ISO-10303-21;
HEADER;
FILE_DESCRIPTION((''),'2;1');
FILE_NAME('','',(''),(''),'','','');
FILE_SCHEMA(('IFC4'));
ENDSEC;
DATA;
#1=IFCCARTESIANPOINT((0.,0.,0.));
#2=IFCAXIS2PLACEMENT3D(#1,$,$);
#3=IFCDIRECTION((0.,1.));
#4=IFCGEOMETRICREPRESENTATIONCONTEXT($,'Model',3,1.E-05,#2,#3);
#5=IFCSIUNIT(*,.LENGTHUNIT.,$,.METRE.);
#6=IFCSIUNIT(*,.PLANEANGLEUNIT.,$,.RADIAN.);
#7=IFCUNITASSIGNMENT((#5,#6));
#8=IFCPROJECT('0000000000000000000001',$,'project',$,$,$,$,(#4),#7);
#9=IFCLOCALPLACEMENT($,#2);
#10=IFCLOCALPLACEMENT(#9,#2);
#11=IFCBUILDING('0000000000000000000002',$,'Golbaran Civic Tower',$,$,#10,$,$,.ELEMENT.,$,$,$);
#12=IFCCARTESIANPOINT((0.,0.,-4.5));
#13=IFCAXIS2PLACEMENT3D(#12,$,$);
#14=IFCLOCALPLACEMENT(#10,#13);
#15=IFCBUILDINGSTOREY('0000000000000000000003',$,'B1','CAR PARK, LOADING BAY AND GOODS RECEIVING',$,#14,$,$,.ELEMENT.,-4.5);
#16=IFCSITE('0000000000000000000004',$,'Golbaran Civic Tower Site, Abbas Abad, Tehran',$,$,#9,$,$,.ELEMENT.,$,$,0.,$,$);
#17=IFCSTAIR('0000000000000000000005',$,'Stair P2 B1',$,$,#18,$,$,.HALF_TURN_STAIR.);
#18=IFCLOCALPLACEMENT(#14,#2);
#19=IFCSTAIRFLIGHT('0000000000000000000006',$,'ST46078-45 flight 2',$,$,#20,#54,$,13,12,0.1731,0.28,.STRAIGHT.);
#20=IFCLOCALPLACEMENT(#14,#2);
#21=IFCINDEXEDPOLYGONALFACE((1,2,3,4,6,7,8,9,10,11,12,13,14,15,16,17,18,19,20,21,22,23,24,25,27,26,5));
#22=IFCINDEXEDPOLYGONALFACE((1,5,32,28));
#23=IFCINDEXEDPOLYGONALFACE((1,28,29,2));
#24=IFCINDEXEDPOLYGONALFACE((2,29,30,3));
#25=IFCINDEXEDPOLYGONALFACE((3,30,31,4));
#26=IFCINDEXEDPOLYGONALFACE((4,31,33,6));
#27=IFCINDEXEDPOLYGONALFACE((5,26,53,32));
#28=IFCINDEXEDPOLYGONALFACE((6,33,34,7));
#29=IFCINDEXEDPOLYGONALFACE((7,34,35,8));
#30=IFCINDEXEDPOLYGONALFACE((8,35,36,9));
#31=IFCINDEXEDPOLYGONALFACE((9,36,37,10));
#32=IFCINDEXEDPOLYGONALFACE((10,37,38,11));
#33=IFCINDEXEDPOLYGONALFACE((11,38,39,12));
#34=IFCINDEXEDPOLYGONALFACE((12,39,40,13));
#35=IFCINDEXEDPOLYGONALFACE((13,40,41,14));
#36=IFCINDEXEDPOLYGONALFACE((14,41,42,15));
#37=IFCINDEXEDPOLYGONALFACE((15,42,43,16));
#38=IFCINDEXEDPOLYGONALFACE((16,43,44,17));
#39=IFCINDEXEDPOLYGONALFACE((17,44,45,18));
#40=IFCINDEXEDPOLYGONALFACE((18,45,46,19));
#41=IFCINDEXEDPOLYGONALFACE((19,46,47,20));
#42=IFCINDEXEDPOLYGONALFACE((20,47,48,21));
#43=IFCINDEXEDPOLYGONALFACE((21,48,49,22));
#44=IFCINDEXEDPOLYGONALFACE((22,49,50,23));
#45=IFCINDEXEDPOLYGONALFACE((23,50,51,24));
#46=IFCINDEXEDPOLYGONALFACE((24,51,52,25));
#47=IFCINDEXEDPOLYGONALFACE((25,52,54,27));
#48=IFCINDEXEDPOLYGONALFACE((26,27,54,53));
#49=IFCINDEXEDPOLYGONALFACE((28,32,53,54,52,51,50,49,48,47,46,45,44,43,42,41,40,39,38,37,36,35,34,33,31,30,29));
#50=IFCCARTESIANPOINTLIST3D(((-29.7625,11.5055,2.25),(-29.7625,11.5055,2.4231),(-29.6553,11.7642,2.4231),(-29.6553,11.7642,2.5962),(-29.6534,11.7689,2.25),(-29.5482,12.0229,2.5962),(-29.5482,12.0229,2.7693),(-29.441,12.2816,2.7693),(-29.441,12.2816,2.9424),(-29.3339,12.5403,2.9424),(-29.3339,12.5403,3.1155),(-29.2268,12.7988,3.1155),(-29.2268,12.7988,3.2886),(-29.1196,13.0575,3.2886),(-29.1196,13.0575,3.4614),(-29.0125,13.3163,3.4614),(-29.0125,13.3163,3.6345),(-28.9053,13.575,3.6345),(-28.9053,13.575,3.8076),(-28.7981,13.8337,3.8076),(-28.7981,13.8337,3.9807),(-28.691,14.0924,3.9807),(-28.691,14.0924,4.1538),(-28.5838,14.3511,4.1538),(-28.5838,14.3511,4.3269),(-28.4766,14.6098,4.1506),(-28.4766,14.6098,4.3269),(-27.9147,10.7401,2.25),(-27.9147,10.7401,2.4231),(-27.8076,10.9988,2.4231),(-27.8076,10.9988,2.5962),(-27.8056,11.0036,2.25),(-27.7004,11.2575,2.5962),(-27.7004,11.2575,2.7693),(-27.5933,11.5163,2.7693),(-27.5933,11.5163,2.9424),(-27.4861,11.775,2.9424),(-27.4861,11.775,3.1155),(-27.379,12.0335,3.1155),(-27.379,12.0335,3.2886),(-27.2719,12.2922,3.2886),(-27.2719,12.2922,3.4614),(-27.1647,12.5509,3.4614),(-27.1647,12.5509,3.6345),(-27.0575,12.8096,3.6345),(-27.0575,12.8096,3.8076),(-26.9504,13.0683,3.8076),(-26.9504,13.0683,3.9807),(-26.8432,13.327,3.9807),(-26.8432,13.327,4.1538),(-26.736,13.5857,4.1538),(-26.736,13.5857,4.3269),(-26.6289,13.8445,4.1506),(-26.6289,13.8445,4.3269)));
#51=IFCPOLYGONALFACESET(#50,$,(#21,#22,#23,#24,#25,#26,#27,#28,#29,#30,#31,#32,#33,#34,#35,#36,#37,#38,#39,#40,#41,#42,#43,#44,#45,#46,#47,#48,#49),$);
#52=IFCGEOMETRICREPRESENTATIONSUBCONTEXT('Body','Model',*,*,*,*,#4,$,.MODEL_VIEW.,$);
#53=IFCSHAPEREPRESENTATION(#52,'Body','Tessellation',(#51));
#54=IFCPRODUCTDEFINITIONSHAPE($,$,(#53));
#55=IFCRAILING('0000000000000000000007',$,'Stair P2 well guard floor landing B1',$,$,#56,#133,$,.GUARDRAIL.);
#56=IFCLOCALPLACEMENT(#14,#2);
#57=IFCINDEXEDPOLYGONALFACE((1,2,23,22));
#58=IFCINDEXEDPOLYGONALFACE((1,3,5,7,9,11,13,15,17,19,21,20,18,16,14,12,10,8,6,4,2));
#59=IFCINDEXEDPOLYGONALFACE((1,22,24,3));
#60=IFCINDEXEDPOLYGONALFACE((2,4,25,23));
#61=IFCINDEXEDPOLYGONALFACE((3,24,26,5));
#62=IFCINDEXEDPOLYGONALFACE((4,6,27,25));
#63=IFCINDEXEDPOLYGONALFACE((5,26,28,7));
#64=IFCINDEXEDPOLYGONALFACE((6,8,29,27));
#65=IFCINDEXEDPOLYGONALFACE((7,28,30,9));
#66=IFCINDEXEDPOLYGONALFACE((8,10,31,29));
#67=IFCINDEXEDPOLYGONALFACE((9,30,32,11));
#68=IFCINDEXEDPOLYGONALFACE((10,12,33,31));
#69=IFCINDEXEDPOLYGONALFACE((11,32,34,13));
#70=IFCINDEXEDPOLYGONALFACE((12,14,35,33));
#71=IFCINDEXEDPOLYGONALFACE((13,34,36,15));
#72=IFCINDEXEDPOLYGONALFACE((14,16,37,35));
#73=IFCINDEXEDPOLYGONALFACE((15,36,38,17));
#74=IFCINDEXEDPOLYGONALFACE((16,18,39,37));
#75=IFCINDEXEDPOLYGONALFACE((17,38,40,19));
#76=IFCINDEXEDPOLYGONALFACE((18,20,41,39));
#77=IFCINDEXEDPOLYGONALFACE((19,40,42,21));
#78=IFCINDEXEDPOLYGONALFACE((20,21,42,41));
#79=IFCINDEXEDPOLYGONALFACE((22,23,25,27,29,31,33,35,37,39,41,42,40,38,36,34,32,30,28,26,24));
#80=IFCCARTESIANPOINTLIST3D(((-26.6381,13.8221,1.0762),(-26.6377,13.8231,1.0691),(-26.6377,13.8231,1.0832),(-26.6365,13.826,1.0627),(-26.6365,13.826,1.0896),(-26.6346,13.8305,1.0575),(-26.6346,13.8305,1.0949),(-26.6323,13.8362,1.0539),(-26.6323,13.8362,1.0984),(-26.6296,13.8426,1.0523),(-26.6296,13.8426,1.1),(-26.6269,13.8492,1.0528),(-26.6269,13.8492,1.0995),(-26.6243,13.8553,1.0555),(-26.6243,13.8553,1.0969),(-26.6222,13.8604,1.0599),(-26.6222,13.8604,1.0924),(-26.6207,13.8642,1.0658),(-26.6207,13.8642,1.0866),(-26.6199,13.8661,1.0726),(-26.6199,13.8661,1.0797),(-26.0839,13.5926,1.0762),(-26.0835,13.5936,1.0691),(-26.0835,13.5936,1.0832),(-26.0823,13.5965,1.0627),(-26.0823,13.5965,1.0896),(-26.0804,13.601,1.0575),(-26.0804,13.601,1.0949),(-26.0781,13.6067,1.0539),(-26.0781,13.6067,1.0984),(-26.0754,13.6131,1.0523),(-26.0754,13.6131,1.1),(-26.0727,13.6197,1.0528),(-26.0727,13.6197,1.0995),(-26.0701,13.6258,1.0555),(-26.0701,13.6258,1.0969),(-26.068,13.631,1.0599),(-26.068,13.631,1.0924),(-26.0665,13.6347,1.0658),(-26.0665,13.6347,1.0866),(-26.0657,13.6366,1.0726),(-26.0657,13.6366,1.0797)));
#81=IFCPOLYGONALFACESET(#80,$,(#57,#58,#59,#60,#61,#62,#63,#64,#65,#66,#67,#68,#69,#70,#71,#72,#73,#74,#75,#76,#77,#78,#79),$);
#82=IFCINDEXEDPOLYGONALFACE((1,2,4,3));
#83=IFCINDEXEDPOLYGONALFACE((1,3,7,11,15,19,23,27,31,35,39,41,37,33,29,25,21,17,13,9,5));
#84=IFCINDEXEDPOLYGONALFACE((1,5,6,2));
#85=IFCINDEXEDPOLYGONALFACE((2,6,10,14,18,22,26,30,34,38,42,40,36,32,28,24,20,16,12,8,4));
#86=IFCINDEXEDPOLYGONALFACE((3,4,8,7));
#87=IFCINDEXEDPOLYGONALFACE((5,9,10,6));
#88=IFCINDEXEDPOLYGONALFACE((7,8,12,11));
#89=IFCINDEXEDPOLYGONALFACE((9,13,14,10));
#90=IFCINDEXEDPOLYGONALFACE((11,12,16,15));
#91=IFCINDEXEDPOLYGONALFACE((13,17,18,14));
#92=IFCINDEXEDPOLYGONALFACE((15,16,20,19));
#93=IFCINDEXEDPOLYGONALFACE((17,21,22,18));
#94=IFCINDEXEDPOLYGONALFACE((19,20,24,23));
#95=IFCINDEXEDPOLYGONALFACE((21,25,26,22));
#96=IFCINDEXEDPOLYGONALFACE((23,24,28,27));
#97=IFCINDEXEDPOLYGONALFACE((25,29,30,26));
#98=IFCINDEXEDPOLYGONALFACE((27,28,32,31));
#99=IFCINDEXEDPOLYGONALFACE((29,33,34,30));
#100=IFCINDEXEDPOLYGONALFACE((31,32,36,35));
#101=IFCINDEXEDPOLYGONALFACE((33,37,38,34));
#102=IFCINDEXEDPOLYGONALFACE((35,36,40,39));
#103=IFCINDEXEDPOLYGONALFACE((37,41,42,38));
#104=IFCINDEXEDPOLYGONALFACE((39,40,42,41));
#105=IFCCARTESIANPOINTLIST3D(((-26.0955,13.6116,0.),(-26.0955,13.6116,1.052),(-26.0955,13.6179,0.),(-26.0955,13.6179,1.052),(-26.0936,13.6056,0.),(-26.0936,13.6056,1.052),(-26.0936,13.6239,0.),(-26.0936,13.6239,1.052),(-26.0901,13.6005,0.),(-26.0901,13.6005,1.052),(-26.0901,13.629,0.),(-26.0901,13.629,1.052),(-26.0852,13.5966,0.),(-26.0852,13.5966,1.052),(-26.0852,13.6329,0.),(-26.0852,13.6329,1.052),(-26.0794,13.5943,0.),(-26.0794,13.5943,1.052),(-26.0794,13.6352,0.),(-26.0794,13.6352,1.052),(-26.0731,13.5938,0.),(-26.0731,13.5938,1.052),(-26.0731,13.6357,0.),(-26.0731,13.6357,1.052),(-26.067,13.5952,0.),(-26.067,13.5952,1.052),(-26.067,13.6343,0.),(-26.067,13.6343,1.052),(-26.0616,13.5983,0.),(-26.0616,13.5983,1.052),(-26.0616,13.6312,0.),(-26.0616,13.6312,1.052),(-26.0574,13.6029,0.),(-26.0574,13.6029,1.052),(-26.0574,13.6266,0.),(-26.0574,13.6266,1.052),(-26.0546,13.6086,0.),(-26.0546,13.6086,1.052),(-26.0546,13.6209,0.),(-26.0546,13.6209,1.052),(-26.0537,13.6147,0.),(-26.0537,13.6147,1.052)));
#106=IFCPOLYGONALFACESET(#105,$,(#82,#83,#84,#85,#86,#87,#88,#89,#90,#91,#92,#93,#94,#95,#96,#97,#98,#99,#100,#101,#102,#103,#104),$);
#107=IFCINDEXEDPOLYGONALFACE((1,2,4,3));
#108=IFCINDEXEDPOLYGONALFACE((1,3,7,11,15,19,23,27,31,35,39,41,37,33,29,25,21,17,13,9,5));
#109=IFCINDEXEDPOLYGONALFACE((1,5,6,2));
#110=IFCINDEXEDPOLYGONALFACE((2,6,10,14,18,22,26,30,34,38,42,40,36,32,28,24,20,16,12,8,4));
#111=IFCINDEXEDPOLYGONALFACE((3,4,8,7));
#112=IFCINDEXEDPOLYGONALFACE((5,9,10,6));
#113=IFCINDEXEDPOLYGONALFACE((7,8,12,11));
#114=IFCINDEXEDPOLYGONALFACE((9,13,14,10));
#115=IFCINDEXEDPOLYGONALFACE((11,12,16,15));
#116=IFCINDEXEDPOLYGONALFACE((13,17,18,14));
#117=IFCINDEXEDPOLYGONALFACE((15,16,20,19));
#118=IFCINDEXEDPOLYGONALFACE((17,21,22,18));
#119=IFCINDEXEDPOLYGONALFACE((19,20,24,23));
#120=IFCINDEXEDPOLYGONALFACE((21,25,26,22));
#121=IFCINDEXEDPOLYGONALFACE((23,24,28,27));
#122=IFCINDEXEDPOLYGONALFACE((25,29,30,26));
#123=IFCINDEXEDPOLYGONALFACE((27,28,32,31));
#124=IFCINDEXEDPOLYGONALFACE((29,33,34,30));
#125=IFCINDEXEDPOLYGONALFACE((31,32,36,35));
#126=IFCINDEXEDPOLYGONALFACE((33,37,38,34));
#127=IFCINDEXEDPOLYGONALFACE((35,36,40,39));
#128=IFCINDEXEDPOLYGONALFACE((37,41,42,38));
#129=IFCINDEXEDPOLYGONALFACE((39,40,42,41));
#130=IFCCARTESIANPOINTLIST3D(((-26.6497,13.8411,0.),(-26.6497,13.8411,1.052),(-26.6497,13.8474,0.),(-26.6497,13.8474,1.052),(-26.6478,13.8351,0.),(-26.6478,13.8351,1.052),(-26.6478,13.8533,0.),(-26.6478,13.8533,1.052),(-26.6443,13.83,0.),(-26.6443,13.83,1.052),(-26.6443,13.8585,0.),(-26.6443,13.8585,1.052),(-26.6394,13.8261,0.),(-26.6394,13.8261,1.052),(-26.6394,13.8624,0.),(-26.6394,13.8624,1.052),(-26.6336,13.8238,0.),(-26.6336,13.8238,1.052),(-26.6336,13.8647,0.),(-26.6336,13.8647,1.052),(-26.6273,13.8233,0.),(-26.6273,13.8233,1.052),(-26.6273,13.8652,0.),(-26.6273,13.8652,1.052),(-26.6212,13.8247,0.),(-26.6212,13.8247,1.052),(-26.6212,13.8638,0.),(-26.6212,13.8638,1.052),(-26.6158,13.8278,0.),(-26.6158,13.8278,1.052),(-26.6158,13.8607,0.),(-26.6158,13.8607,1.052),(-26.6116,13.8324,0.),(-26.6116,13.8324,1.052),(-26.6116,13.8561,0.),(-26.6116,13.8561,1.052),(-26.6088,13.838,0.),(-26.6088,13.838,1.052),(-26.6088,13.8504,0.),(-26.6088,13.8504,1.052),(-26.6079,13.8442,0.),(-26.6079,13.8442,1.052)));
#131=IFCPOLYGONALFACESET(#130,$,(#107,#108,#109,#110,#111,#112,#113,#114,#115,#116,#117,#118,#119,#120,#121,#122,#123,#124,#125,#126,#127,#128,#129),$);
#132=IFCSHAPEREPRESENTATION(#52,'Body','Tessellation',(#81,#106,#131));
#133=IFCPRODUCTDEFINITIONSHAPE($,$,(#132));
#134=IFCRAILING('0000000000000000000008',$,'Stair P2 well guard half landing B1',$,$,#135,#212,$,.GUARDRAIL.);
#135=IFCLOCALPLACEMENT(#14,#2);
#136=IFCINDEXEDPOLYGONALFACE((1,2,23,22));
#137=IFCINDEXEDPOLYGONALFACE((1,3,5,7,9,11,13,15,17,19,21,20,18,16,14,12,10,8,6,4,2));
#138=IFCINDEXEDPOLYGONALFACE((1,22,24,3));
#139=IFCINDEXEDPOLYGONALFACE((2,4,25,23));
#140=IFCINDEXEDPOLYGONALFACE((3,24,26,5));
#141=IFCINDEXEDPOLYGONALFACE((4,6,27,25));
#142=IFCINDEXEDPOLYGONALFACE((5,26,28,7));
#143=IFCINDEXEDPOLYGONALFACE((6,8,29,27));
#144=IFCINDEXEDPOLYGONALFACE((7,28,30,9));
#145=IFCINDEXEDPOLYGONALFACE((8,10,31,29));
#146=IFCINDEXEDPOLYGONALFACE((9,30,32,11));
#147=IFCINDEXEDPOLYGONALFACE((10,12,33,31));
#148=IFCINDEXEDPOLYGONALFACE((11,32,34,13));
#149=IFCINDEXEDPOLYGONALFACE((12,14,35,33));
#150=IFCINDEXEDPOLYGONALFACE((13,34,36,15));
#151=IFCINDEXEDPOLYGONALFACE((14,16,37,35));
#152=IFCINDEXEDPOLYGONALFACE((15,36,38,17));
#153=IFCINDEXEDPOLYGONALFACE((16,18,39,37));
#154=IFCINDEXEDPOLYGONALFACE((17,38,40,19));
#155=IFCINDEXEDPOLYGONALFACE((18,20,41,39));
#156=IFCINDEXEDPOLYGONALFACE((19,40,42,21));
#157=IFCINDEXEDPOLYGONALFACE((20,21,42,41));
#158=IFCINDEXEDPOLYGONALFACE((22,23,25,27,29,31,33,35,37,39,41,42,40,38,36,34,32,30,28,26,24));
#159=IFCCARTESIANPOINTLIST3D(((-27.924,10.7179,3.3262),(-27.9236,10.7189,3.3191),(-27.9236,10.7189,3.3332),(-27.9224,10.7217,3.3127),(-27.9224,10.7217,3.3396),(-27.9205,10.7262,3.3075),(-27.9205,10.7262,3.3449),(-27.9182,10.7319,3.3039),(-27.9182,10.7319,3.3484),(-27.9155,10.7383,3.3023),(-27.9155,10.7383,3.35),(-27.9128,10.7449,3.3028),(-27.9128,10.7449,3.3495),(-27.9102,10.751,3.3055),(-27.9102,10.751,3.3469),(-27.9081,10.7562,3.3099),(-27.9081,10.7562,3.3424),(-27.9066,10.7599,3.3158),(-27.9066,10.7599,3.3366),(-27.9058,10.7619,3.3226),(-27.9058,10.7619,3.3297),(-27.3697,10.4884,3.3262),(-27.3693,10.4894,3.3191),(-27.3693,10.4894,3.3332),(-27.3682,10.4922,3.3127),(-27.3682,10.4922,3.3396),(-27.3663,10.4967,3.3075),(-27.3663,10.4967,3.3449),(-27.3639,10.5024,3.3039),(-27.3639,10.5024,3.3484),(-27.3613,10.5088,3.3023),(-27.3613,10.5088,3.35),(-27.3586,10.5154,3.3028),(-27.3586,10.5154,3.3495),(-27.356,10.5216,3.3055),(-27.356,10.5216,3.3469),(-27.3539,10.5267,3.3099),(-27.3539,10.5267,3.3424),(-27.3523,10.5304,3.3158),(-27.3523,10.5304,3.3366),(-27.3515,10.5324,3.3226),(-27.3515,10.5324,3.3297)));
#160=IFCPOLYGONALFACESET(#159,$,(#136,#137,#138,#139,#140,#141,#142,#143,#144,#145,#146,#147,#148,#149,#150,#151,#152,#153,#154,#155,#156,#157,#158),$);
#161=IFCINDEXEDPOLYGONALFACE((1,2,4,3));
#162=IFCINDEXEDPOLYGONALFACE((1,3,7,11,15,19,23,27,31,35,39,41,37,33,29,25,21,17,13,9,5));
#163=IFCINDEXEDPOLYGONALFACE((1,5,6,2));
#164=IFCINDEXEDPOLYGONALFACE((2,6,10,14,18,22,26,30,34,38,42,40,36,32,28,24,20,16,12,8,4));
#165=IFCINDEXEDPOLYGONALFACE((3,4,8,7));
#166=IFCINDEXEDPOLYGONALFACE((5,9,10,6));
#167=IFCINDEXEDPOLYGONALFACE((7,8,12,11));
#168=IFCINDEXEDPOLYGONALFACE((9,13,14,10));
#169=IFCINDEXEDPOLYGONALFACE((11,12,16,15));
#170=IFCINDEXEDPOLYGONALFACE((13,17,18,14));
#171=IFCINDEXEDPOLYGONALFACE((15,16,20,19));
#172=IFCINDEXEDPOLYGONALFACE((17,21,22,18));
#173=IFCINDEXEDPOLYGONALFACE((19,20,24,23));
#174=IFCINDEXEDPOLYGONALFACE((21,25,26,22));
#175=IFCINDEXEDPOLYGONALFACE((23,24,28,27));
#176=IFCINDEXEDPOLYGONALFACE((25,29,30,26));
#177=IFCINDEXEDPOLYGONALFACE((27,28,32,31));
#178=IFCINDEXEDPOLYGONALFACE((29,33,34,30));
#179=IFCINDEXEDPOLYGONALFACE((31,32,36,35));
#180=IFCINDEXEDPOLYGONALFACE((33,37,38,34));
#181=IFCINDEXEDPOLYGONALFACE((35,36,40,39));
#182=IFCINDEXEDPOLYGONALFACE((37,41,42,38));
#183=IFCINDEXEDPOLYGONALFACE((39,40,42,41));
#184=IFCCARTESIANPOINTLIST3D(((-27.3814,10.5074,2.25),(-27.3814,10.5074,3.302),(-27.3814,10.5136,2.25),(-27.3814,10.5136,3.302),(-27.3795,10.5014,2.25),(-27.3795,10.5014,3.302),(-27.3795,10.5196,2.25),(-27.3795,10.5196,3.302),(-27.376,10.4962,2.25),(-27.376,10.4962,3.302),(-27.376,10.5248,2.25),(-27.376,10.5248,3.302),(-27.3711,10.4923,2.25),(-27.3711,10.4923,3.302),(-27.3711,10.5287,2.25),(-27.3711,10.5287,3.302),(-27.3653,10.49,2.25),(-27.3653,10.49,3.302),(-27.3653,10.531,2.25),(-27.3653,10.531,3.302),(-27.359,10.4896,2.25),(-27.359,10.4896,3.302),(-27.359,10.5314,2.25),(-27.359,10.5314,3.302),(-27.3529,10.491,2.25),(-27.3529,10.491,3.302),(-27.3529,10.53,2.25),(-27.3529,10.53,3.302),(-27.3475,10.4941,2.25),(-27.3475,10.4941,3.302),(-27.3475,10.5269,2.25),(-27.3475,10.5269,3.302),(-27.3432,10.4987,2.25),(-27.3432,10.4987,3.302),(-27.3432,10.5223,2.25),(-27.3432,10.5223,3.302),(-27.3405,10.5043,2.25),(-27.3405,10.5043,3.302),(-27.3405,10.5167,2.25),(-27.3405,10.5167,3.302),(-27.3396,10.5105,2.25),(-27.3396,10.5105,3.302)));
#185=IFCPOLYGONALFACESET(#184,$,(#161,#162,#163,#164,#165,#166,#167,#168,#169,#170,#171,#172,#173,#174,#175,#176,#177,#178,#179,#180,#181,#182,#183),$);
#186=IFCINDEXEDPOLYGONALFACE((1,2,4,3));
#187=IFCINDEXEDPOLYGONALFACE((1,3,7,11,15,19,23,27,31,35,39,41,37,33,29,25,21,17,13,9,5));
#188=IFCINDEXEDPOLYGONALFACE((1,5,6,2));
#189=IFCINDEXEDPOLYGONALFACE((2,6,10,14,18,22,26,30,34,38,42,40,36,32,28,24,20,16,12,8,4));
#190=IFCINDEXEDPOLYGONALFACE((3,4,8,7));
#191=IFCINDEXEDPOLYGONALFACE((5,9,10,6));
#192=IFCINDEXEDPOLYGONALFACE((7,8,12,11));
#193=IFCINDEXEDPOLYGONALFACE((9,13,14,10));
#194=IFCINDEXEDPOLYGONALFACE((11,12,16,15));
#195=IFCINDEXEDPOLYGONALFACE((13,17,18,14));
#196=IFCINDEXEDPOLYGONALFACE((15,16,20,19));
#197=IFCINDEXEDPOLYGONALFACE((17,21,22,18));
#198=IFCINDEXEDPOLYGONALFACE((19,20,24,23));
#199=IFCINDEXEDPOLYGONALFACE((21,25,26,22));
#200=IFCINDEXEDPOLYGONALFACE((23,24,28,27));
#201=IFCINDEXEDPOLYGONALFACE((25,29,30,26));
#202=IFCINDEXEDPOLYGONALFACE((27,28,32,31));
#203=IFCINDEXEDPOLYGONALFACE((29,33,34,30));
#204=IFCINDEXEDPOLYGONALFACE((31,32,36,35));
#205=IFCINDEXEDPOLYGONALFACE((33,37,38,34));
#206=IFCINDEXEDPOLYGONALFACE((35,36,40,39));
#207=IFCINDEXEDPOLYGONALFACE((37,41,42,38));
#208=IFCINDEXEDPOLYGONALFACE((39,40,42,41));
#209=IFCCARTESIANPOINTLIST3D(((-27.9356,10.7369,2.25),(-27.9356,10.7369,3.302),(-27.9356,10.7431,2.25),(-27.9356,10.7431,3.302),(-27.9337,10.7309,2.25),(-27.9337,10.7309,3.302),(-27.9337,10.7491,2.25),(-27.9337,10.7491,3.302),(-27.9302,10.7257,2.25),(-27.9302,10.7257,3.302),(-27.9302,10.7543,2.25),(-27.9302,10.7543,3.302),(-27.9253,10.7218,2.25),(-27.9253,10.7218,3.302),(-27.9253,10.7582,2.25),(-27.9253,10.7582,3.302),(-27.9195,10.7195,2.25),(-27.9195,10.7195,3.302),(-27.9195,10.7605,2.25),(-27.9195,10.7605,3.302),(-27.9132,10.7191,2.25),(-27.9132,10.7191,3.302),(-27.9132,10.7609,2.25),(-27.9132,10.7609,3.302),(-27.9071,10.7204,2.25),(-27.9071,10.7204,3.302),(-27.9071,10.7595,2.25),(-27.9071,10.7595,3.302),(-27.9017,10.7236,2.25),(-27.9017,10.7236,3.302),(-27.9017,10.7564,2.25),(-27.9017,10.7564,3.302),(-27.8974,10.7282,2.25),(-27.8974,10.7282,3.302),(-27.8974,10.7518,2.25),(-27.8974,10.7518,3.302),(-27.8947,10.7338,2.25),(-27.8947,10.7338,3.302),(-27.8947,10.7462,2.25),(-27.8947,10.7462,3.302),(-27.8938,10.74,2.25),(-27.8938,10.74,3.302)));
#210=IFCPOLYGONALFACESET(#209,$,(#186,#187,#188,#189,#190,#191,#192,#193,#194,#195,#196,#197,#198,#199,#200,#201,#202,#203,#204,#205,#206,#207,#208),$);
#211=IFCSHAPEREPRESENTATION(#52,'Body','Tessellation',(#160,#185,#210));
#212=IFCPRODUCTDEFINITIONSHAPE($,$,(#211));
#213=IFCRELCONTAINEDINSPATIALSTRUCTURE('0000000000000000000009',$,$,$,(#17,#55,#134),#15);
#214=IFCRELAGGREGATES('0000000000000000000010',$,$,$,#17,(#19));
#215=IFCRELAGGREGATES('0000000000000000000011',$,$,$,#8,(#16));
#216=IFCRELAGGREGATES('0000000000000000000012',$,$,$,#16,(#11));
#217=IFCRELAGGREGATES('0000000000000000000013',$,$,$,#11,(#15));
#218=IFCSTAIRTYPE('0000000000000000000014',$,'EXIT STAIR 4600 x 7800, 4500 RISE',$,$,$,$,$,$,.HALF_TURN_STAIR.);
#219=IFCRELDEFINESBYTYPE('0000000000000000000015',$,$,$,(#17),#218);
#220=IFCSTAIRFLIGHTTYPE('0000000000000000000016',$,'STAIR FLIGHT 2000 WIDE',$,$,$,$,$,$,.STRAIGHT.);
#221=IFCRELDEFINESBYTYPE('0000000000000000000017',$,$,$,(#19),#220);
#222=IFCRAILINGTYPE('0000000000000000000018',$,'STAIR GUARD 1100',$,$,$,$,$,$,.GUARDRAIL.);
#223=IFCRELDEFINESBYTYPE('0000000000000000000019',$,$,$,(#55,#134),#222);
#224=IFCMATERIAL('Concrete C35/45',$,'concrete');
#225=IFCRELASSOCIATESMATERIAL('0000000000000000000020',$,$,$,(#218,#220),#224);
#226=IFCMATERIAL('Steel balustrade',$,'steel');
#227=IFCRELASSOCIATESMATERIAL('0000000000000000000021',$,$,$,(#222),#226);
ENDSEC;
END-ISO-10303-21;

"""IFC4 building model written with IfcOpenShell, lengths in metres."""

from ifc_helpers import new_model, si_unit, direction, frame, origin, origin_2d, place, context, subcontext, project, spatial, polyline, circle, outline, extrude, material, type_object, element, aggregate, save


model = new_model("IFC4")

# Units and contexts
model_context = context("Model", 3, precision=1e-05, world=origin(), true_north=direction((0.0, 1.0)))
body_context = subcontext(model_context, "Body", "Model", "MODEL_VIEW")
ifc_project = project(units=[si_unit("LENGTHUNIT", "METRE"), si_unit("PLANEANGLEUNIT", "RADIAN")], contexts=[model_context])

# Site, building, storey
site_placement = place(None, origin())
site = spatial("IfcSite", under=ifc_project, at=site_placement, Name="Golbaran Civic Tower Site, Abbas Abad, Tehran", CompositionType="ELEMENT", RefElevation=0.0)
building_placement = place(site_placement, origin())
building = spatial("IfcBuilding", under=site, at=building_placement, Name="Golbaran Civic Tower", CompositionType="ELEMENT")
storey_placement = place(building_placement, frame((0.0, 0.0, -4.5)))
storey = spatial("IfcBuildingStorey", under=building, at=storey_placement, Name="B1", Description="CAR PARK, LOADING BAY AND GOODS RECEIVING", CompositionType="ELEMENT", Elevation=-4.5)

# Stair, stair flight
ifc_material_1 = material(Name="Concrete C35/45", Category="concrete")
stair_type = type_object("IfcStairType", Name="EXIT STAIR 4600 x 7800, 4500 RISE", PredefinedType="HALF_TURN_STAIR", material=ifc_material_1)
stair_placement = place(storey_placement, origin())
stair = element("IfcStair", 1, at=stair_placement, inside=storey, type_object=stair_type, Name="Stair P2 B1", PredefinedType="HALF_TURN_STAIR")
stair_flight_type = type_object("IfcStairFlightType", Name="STAIR FLIGHT 2000 WIDE", PredefinedType="STRAIGHT", material=ifc_material_1)
stair_flight_placement = place(storey_placement, frame((-28.8386, 11.1228, 2.25), z_axis=(0.0, 0.0, 1.0), x_axis=(0.382683, 0.92388, 0.0)))
stair_flight = element("IfcStairFlight", 2, at=stair_flight_placement, type_object=stair_flight_type, Name="ST46078-45 flight 2", NumberOfRisers=13, NumberOfTreads=12, PredefinedType="STRAIGHT", RiserHeight=0.1731, TreadLength=0.28, context=body_context, shape_type="SweptSolid", body=[
    extrude(outline(polyline([(0.0, 0.0), (0.0, 0.1731), (0.28, 0.1731), (0.28, 0.3462), (0.5601, 0.3462), (0.5601, 0.5193), (0.8401, 0.5193), (0.8401, 0.6924), (1.1201, 0.6924), (1.1201, 0.8655), (1.3999, 0.8655), (1.3999, 1.0386), (1.6799, 1.0386), (1.6799, 1.2114), (1.96, 1.2114), (1.96, 1.3845), (2.24, 1.3845), (2.24, 1.5576), (2.52, 1.5576), (2.52, 1.7307), (2.8, 1.7307), (2.8, 1.9038), (3.0801, 1.9038), (3.0801, 2.0769), (3.3601, 2.0769), (3.3601, 2.25), (3.3601, 1.9006), (0.2852, 0.0), (0.0, 0.0)])), frame((0.0, 1.0, 0.0), z_axis=(0.0, -1.0, 0.0), x_axis=(1.0, 0.0, 0.0)), (0.0, 0.0, 1.0), 2.0),
])
aggregate(stair, [stair_flight])

# Railings
ifc_material_2 = material(Name="Steel balustrade", Category="steel")
railing_type_1 = type_object("IfcRailingType", Name="STAIR GUARD 1100", PredefinedType="GUARDRAIL", material=ifc_material_2)
for number, where, name in (
    (3, (-26.0747, 13.6147, 0.0), "Stair P2 well guard floor landing B1"),
    (4, (-27.3606, 10.5105, 2.25), "Stair P2 well guard half landing B1"),
):
    element("IfcRailing", number, at=place(storey_placement, frame(where)), inside=storey, type_object=railing_type_1, Name=name, PredefinedType="GUARDRAIL", context=body_context, shape_type="SweptSolid", body=[
        extrude(circle(Radius=0.0239, at=origin_2d()), frame((0.0, 0.0, 1.0762), z_axis=(-0.923918, 0.382591, 0.0), x_axis=(-0.382591, -0.923918, 0.0)), (0.0, 0.0, 1.0), 0.5999),
        extrude(circle(Radius=0.021, at=origin_2d()), origin(), (0.0, 0.0, 1.0), 1.052),
        extrude(circle(Radius=0.021, at=origin_2d()), frame((-0.5542, 0.2295, 0.0)), (0.0, 0.0, 1.0), 1.052),
    ])

save(model, "model.ifc")
